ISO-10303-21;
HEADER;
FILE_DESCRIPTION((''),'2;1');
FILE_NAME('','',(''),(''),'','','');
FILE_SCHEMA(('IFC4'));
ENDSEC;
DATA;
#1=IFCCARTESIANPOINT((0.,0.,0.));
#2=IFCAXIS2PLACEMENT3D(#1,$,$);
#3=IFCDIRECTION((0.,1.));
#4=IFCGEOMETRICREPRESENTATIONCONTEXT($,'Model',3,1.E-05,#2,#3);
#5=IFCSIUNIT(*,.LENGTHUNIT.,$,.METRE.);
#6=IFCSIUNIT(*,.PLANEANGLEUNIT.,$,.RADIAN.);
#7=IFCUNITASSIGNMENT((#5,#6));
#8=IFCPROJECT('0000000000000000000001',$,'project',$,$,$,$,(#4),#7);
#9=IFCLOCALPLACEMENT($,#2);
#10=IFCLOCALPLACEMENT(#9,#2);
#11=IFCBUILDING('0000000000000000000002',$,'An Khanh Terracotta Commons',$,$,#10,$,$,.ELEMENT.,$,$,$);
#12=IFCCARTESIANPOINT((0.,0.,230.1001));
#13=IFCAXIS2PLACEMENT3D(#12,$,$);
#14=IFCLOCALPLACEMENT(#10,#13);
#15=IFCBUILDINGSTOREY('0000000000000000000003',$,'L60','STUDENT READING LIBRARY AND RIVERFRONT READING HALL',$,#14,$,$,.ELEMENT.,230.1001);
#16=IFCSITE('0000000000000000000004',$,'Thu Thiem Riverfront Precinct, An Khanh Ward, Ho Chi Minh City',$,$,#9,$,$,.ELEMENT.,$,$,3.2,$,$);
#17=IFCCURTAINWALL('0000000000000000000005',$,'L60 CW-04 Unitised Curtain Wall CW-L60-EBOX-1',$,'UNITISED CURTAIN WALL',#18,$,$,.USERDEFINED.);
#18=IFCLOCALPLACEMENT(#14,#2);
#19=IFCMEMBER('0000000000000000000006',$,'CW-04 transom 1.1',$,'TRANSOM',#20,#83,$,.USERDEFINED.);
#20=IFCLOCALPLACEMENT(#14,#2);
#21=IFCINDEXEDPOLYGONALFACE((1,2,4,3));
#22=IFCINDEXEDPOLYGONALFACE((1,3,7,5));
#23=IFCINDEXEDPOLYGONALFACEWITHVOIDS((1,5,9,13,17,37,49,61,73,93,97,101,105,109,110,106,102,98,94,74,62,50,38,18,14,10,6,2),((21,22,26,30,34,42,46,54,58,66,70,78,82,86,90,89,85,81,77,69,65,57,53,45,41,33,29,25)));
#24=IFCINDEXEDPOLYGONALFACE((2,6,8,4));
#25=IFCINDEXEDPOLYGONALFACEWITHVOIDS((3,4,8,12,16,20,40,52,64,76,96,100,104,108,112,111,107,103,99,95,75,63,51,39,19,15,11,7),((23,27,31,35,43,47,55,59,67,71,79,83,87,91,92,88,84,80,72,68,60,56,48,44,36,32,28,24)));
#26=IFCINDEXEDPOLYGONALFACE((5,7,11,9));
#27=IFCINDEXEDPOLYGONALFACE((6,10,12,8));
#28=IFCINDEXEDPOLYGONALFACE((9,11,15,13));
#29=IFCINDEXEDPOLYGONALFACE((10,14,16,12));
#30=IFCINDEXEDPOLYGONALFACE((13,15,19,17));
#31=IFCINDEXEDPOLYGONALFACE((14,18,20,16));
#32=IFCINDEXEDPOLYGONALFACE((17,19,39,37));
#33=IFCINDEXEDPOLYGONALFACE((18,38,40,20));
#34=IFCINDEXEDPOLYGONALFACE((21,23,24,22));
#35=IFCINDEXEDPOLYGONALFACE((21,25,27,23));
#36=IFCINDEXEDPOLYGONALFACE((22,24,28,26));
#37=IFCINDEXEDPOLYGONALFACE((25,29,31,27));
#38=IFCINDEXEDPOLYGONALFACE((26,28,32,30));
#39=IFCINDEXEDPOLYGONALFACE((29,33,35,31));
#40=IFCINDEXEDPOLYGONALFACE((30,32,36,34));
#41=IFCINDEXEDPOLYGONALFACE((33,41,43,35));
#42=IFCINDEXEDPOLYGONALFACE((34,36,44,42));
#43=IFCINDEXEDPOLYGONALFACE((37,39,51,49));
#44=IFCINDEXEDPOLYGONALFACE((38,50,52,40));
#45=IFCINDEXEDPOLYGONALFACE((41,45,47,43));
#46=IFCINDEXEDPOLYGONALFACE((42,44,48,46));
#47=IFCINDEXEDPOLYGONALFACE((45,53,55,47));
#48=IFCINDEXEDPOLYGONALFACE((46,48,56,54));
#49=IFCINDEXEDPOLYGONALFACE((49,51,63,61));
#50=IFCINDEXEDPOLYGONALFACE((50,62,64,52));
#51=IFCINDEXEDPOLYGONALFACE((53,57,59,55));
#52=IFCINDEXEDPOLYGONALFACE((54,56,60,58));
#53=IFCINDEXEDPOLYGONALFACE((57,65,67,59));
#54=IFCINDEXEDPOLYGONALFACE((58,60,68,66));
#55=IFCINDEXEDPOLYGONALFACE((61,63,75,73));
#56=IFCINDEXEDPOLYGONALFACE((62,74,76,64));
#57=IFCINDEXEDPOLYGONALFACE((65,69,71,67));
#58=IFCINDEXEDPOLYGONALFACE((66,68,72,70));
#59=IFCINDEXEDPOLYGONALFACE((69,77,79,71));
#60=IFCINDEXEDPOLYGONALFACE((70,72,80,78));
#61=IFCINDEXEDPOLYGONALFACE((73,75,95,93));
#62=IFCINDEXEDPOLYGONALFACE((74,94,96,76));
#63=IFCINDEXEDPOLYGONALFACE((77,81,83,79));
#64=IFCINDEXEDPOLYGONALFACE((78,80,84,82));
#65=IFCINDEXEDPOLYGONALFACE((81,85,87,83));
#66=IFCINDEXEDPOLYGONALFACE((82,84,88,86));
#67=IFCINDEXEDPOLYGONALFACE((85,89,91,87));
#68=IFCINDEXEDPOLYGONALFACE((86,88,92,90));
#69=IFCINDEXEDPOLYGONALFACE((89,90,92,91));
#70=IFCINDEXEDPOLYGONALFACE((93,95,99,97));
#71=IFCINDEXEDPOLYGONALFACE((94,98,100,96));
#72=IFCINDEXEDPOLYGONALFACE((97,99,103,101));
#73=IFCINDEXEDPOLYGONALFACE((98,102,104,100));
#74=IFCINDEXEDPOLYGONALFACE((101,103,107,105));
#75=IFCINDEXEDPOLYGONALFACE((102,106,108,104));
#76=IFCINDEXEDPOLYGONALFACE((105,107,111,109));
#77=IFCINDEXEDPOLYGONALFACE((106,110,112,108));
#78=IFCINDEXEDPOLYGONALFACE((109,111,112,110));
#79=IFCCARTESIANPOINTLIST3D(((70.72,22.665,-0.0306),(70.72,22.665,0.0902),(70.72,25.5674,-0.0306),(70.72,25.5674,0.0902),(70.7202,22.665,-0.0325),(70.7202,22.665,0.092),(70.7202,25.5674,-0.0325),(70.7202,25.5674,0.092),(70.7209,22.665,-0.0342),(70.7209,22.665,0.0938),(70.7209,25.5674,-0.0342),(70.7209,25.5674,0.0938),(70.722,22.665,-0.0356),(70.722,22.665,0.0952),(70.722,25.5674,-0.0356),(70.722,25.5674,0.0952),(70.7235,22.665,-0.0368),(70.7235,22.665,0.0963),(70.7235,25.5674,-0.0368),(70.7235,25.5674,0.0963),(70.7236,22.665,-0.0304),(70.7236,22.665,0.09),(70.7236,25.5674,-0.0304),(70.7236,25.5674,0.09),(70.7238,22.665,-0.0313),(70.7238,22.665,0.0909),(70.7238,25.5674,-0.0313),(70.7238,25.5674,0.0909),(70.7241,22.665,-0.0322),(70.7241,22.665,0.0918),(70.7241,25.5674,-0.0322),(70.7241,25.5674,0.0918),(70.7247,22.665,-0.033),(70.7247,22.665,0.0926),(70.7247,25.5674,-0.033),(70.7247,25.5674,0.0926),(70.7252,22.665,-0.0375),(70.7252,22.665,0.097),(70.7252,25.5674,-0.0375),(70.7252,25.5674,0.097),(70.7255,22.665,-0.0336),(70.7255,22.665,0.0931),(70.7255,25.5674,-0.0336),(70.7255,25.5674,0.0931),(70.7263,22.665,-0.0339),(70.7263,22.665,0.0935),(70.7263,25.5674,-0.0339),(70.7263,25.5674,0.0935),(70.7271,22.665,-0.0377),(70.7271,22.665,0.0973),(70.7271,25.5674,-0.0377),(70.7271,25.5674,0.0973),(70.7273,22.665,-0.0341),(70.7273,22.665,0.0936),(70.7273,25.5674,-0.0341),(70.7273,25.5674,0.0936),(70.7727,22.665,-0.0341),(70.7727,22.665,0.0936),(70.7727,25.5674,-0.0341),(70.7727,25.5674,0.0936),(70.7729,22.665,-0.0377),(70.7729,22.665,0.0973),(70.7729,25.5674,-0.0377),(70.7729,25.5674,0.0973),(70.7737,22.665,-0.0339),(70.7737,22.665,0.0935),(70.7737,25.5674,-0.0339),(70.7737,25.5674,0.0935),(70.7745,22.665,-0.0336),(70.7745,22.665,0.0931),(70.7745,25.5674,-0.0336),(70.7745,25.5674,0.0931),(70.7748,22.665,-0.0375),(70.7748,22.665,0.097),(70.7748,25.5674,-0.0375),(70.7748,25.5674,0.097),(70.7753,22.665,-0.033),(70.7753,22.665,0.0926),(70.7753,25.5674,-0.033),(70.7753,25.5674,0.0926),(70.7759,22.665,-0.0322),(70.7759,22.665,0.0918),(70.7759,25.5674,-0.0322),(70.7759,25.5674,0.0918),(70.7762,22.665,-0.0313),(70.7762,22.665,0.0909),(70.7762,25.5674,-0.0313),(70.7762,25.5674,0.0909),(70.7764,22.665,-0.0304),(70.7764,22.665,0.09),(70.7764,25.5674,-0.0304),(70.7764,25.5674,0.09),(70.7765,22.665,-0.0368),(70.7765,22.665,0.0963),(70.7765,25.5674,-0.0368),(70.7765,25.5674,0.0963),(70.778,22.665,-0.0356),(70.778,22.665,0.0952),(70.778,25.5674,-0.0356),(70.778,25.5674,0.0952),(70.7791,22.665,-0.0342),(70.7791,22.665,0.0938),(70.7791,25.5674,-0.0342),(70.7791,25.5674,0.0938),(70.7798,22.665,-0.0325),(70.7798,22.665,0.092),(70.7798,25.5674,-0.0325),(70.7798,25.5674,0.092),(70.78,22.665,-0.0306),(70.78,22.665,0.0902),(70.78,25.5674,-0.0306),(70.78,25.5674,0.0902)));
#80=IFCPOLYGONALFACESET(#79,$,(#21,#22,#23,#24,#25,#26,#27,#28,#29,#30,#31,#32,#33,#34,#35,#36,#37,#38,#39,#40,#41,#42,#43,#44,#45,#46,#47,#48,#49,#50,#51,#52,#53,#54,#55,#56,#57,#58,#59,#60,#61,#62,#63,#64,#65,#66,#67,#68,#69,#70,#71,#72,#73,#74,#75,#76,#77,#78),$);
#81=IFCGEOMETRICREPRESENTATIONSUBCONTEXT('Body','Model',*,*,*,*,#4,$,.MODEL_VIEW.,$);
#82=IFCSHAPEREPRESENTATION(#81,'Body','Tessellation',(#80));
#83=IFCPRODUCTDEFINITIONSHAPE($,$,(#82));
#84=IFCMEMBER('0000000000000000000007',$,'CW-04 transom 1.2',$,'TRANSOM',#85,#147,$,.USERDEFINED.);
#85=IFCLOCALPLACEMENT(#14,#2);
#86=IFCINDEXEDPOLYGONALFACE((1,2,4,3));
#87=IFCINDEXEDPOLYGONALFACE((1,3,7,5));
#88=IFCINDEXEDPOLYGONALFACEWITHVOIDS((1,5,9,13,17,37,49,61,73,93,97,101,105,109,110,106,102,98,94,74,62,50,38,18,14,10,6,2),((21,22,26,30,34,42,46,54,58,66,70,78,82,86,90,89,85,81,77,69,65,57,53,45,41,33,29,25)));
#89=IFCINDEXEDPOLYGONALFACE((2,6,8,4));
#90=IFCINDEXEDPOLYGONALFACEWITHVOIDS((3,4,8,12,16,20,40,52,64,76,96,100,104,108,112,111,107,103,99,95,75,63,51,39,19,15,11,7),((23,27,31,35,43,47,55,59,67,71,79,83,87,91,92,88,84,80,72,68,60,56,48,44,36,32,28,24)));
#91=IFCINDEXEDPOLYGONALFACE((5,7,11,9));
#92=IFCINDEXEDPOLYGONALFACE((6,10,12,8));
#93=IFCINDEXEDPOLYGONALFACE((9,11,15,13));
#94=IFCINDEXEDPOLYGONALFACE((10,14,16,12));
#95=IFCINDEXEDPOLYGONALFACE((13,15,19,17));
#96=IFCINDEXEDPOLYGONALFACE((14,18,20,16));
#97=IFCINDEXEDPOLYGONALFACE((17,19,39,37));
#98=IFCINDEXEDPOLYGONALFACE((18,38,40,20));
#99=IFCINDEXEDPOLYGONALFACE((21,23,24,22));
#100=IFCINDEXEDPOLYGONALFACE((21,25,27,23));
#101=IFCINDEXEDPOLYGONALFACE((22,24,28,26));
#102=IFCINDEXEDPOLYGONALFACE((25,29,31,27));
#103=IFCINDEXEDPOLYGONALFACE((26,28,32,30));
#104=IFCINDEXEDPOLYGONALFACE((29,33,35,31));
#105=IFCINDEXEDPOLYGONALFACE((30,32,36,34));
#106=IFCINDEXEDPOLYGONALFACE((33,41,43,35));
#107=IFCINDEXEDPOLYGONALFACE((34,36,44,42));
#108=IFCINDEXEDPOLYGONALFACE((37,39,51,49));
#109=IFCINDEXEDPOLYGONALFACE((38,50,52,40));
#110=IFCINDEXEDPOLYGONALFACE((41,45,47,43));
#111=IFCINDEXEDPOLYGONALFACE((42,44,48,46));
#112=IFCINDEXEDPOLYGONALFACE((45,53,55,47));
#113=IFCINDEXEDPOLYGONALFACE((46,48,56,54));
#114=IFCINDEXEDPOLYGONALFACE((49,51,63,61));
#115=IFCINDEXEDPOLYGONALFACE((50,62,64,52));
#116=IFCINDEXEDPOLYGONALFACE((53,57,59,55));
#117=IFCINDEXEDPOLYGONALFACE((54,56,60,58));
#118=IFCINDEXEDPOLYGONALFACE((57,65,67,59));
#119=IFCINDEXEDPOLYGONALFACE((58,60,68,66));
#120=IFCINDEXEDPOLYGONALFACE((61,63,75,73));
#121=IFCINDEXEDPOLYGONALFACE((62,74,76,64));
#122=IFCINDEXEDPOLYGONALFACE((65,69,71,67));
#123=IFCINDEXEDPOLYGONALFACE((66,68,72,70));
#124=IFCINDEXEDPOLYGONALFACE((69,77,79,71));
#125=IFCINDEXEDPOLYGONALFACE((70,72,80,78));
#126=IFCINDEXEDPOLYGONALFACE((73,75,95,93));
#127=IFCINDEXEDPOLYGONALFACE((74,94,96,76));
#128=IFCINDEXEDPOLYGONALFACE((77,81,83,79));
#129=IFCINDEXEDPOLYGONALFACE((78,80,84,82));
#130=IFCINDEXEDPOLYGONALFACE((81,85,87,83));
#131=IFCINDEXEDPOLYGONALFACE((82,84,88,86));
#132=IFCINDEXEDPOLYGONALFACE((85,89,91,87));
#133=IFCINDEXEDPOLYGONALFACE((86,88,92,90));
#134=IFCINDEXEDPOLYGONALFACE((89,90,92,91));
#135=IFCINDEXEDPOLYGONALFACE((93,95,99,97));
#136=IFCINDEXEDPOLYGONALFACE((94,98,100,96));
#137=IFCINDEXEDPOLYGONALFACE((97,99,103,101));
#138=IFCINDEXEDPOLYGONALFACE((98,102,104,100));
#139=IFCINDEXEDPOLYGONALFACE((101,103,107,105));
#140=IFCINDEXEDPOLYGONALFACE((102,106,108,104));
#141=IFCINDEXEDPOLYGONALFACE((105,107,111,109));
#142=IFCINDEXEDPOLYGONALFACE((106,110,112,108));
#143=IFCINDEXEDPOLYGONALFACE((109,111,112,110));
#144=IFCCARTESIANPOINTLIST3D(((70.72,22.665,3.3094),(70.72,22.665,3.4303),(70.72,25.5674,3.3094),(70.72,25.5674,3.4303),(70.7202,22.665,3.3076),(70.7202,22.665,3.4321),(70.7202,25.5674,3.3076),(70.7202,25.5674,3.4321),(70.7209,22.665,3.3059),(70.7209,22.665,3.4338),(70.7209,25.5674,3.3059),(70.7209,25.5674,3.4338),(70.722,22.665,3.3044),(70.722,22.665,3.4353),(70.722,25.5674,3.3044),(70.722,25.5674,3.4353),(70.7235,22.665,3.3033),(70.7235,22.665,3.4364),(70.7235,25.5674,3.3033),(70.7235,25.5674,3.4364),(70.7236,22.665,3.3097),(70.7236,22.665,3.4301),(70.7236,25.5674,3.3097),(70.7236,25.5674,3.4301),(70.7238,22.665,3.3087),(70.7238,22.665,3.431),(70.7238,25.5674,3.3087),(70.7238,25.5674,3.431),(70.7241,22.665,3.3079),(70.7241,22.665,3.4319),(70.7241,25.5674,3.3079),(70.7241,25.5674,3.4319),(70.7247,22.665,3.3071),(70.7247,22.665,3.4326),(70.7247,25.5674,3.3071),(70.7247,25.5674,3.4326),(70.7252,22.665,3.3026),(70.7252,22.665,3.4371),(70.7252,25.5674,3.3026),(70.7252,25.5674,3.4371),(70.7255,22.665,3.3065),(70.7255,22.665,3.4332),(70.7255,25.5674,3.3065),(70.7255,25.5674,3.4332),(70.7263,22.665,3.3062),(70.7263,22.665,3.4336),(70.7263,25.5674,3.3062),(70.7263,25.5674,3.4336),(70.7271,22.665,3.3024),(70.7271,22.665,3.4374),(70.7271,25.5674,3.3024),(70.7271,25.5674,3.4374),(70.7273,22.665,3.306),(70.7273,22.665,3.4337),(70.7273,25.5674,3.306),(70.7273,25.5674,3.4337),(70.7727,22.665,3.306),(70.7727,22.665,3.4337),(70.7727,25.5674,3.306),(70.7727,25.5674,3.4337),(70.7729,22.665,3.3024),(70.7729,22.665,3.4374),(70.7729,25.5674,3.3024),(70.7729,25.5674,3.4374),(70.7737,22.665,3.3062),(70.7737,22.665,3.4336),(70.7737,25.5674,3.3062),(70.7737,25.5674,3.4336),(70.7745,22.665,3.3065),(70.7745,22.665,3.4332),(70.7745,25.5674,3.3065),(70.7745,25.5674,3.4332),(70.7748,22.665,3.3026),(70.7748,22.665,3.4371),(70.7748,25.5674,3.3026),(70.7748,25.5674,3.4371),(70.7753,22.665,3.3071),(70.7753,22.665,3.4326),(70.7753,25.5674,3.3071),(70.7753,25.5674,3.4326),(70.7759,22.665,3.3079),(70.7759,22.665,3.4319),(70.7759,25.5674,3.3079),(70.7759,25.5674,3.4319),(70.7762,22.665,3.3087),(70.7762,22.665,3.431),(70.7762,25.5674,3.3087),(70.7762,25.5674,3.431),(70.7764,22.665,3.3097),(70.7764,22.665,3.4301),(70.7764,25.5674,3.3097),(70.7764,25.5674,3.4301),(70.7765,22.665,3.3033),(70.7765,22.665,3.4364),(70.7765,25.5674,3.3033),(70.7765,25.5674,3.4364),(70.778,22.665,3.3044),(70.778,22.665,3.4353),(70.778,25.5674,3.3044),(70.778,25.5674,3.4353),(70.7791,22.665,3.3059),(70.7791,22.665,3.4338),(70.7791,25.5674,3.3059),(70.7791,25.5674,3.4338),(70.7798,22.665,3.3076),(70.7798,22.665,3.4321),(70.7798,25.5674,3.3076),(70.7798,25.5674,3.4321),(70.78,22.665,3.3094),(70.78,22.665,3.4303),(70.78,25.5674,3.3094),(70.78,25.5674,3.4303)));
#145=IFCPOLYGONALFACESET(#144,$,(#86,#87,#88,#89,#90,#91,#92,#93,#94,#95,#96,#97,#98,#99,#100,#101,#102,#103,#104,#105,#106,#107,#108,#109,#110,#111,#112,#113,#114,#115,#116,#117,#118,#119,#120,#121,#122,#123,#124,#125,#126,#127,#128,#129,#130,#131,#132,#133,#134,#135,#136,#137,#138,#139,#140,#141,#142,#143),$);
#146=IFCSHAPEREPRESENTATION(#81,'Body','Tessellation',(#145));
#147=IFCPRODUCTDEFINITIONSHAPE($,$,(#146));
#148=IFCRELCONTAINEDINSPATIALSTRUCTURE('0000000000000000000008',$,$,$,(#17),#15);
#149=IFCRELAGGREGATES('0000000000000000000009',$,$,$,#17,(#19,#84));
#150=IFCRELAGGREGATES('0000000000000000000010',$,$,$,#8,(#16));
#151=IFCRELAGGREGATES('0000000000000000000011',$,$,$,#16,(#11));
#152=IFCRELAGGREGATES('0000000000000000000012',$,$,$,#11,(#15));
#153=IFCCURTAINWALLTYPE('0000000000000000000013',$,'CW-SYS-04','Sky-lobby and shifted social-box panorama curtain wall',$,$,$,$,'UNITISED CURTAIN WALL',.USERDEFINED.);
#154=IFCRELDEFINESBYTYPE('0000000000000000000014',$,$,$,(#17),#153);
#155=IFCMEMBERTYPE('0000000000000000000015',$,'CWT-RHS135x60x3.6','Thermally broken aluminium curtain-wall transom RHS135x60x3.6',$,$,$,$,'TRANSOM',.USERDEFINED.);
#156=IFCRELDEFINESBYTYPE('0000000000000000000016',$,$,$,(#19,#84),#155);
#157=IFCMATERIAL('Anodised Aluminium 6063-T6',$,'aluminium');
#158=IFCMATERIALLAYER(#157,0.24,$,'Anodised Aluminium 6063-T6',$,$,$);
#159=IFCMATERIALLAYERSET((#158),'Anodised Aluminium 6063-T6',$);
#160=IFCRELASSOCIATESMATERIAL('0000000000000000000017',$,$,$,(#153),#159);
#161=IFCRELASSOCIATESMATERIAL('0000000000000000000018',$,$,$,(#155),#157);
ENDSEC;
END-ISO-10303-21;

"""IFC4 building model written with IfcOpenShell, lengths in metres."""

from ifc_helpers import new_model, si_unit, direction, frame, origin, origin_2d, place, context, subcontext, project, spatial, hollow_rectangle, extrude, material, layer, layer_set, material_profile, profile_set, type_object, element, aggregate, save


model = new_model("IFC4")

# Units and contexts
model_context = context("Model", 3, precision=1e-05, world=origin(), true_north=direction((0.0, 1.0)))
body_context = subcontext(model_context, "Body", "Model", "MODEL_VIEW")
ifc_project = project(units=[si_unit("LENGTHUNIT", "METRE"), si_unit("PLANEANGLEUNIT", "RADIAN")], contexts=[model_context])

# Site, building, storey
site_placement = place(None, origin())
site = spatial("IfcSite", under=ifc_project, at=site_placement, Name="Thu Thiem Riverfront Precinct, An Khanh Ward, Ho Chi Minh City", CompositionType="ELEMENT", RefElevation=3.2)
building_placement = place(site_placement, origin())
building = spatial("IfcBuilding", under=site, at=building_placement, Name="An Khanh Terracotta Commons", CompositionType="ELEMENT")
storey_placement = place(building_placement, frame((0.0, 0.0, 230.1001)))
storey = spatial("IfcBuildingStorey", under=building, at=storey_placement, Name="L60", Description="STUDENT READING LIBRARY AND RIVERFRONT READING HALL", CompositionType="ELEMENT", Elevation=230.1001)

# Curtain wall
ifc_material_1 = material(Name="Anodised Aluminium 6063-T6", Category="aluminium")
ifc_layer_1 = layer(ifc_material_1, 0.24, Name="Anodised Aluminium 6063-T6")
ifc_layer_set_1 = layer_set([ifc_layer_1], Name="Anodised Aluminium 6063-T6")
curtain_wall_type_1 = type_object("IfcCurtainWallType", Name="CW-SYS-04", Description="Sky-lobby and shifted social-box panorama curtain wall", ElementType="UNITISED CURTAIN WALL", PredefinedType="USERDEFINED", material=ifc_layer_set_1)
curtain_wall_1_placement = place(storey_placement, origin())
curtain_wall_1 = element("IfcCurtainWall", 1, at=curtain_wall_1_placement, inside=storey, type_object=curtain_wall_type_1, Name="L60 CW-04 Unitised Curtain Wall CW-L60-EBOX-1", ObjectType="UNITISED CURTAIN WALL", PredefinedType="USERDEFINED")

# Members
ifc_material_profile_1 = material_profile(ifc_material_1, hollow_rectangle(XDim=0.0601, YDim=0.135, WallThickness=0.0037, InnerFilletRadius=0.0037, OuterFilletRadius=0.0071, at=origin_2d()), Name="RHS135x60x3.6")
ifc_profile_set_1 = profile_set([ifc_material_profile_1], Name="Anodised Aluminium 6063-T6")
member_type_1 = type_object("IfcMemberType", Name="CWT-RHS135x60x3.6", Description="Thermally broken aluminium curtain-wall transom RHS135x60x3.6", ElementType="TRANSOM", PredefinedType="USERDEFINED", material=ifc_profile_set_1)
member_1_placement = place(storey_placement, frame((70.75, 22.665, 0.0298), z_axis=(0.0, 1.0, 0.0), x_axis=(-1.0, 0.0, 0.0)))
member_1 = element("IfcMember", 2, at=member_1_placement, type_object=member_type_1, Name="CW-04 transom 1.1", ObjectType="TRANSOM", PredefinedType="USERDEFINED", context=body_context, shape_type="SweptSolid", body=[
    extrude(hollow_rectangle(XDim=0.0601, YDim=0.135, WallThickness=0.0037, InnerFilletRadius=0.0037, OuterFilletRadius=0.0071, at=origin_2d()), origin(), (0.0, 0.0, 1.0), 2.9023),
])
member_2_placement = place(storey_placement, frame((70.75, 22.665, 3.3699), z_axis=(0.0, 1.0, 0.0), x_axis=(-1.0, 0.0, 0.0)))
member_2 = element("IfcMember", 3, at=member_2_placement, type_object=member_type_1, Name="CW-04 transom 1.2", ObjectType="TRANSOM", PredefinedType="USERDEFINED", context=body_context, shape_type="SweptSolid", body=[
    extrude(hollow_rectangle(XDim=0.0601, YDim=0.135, WallThickness=0.0037, InnerFilletRadius=0.0037, OuterFilletRadius=0.0071, at=origin_2d()), origin(), (0.0, 0.0, 1.0), 2.9023),
])

aggregate(curtain_wall_1, [member_1, member_2])

save(model, "model.ifc")
